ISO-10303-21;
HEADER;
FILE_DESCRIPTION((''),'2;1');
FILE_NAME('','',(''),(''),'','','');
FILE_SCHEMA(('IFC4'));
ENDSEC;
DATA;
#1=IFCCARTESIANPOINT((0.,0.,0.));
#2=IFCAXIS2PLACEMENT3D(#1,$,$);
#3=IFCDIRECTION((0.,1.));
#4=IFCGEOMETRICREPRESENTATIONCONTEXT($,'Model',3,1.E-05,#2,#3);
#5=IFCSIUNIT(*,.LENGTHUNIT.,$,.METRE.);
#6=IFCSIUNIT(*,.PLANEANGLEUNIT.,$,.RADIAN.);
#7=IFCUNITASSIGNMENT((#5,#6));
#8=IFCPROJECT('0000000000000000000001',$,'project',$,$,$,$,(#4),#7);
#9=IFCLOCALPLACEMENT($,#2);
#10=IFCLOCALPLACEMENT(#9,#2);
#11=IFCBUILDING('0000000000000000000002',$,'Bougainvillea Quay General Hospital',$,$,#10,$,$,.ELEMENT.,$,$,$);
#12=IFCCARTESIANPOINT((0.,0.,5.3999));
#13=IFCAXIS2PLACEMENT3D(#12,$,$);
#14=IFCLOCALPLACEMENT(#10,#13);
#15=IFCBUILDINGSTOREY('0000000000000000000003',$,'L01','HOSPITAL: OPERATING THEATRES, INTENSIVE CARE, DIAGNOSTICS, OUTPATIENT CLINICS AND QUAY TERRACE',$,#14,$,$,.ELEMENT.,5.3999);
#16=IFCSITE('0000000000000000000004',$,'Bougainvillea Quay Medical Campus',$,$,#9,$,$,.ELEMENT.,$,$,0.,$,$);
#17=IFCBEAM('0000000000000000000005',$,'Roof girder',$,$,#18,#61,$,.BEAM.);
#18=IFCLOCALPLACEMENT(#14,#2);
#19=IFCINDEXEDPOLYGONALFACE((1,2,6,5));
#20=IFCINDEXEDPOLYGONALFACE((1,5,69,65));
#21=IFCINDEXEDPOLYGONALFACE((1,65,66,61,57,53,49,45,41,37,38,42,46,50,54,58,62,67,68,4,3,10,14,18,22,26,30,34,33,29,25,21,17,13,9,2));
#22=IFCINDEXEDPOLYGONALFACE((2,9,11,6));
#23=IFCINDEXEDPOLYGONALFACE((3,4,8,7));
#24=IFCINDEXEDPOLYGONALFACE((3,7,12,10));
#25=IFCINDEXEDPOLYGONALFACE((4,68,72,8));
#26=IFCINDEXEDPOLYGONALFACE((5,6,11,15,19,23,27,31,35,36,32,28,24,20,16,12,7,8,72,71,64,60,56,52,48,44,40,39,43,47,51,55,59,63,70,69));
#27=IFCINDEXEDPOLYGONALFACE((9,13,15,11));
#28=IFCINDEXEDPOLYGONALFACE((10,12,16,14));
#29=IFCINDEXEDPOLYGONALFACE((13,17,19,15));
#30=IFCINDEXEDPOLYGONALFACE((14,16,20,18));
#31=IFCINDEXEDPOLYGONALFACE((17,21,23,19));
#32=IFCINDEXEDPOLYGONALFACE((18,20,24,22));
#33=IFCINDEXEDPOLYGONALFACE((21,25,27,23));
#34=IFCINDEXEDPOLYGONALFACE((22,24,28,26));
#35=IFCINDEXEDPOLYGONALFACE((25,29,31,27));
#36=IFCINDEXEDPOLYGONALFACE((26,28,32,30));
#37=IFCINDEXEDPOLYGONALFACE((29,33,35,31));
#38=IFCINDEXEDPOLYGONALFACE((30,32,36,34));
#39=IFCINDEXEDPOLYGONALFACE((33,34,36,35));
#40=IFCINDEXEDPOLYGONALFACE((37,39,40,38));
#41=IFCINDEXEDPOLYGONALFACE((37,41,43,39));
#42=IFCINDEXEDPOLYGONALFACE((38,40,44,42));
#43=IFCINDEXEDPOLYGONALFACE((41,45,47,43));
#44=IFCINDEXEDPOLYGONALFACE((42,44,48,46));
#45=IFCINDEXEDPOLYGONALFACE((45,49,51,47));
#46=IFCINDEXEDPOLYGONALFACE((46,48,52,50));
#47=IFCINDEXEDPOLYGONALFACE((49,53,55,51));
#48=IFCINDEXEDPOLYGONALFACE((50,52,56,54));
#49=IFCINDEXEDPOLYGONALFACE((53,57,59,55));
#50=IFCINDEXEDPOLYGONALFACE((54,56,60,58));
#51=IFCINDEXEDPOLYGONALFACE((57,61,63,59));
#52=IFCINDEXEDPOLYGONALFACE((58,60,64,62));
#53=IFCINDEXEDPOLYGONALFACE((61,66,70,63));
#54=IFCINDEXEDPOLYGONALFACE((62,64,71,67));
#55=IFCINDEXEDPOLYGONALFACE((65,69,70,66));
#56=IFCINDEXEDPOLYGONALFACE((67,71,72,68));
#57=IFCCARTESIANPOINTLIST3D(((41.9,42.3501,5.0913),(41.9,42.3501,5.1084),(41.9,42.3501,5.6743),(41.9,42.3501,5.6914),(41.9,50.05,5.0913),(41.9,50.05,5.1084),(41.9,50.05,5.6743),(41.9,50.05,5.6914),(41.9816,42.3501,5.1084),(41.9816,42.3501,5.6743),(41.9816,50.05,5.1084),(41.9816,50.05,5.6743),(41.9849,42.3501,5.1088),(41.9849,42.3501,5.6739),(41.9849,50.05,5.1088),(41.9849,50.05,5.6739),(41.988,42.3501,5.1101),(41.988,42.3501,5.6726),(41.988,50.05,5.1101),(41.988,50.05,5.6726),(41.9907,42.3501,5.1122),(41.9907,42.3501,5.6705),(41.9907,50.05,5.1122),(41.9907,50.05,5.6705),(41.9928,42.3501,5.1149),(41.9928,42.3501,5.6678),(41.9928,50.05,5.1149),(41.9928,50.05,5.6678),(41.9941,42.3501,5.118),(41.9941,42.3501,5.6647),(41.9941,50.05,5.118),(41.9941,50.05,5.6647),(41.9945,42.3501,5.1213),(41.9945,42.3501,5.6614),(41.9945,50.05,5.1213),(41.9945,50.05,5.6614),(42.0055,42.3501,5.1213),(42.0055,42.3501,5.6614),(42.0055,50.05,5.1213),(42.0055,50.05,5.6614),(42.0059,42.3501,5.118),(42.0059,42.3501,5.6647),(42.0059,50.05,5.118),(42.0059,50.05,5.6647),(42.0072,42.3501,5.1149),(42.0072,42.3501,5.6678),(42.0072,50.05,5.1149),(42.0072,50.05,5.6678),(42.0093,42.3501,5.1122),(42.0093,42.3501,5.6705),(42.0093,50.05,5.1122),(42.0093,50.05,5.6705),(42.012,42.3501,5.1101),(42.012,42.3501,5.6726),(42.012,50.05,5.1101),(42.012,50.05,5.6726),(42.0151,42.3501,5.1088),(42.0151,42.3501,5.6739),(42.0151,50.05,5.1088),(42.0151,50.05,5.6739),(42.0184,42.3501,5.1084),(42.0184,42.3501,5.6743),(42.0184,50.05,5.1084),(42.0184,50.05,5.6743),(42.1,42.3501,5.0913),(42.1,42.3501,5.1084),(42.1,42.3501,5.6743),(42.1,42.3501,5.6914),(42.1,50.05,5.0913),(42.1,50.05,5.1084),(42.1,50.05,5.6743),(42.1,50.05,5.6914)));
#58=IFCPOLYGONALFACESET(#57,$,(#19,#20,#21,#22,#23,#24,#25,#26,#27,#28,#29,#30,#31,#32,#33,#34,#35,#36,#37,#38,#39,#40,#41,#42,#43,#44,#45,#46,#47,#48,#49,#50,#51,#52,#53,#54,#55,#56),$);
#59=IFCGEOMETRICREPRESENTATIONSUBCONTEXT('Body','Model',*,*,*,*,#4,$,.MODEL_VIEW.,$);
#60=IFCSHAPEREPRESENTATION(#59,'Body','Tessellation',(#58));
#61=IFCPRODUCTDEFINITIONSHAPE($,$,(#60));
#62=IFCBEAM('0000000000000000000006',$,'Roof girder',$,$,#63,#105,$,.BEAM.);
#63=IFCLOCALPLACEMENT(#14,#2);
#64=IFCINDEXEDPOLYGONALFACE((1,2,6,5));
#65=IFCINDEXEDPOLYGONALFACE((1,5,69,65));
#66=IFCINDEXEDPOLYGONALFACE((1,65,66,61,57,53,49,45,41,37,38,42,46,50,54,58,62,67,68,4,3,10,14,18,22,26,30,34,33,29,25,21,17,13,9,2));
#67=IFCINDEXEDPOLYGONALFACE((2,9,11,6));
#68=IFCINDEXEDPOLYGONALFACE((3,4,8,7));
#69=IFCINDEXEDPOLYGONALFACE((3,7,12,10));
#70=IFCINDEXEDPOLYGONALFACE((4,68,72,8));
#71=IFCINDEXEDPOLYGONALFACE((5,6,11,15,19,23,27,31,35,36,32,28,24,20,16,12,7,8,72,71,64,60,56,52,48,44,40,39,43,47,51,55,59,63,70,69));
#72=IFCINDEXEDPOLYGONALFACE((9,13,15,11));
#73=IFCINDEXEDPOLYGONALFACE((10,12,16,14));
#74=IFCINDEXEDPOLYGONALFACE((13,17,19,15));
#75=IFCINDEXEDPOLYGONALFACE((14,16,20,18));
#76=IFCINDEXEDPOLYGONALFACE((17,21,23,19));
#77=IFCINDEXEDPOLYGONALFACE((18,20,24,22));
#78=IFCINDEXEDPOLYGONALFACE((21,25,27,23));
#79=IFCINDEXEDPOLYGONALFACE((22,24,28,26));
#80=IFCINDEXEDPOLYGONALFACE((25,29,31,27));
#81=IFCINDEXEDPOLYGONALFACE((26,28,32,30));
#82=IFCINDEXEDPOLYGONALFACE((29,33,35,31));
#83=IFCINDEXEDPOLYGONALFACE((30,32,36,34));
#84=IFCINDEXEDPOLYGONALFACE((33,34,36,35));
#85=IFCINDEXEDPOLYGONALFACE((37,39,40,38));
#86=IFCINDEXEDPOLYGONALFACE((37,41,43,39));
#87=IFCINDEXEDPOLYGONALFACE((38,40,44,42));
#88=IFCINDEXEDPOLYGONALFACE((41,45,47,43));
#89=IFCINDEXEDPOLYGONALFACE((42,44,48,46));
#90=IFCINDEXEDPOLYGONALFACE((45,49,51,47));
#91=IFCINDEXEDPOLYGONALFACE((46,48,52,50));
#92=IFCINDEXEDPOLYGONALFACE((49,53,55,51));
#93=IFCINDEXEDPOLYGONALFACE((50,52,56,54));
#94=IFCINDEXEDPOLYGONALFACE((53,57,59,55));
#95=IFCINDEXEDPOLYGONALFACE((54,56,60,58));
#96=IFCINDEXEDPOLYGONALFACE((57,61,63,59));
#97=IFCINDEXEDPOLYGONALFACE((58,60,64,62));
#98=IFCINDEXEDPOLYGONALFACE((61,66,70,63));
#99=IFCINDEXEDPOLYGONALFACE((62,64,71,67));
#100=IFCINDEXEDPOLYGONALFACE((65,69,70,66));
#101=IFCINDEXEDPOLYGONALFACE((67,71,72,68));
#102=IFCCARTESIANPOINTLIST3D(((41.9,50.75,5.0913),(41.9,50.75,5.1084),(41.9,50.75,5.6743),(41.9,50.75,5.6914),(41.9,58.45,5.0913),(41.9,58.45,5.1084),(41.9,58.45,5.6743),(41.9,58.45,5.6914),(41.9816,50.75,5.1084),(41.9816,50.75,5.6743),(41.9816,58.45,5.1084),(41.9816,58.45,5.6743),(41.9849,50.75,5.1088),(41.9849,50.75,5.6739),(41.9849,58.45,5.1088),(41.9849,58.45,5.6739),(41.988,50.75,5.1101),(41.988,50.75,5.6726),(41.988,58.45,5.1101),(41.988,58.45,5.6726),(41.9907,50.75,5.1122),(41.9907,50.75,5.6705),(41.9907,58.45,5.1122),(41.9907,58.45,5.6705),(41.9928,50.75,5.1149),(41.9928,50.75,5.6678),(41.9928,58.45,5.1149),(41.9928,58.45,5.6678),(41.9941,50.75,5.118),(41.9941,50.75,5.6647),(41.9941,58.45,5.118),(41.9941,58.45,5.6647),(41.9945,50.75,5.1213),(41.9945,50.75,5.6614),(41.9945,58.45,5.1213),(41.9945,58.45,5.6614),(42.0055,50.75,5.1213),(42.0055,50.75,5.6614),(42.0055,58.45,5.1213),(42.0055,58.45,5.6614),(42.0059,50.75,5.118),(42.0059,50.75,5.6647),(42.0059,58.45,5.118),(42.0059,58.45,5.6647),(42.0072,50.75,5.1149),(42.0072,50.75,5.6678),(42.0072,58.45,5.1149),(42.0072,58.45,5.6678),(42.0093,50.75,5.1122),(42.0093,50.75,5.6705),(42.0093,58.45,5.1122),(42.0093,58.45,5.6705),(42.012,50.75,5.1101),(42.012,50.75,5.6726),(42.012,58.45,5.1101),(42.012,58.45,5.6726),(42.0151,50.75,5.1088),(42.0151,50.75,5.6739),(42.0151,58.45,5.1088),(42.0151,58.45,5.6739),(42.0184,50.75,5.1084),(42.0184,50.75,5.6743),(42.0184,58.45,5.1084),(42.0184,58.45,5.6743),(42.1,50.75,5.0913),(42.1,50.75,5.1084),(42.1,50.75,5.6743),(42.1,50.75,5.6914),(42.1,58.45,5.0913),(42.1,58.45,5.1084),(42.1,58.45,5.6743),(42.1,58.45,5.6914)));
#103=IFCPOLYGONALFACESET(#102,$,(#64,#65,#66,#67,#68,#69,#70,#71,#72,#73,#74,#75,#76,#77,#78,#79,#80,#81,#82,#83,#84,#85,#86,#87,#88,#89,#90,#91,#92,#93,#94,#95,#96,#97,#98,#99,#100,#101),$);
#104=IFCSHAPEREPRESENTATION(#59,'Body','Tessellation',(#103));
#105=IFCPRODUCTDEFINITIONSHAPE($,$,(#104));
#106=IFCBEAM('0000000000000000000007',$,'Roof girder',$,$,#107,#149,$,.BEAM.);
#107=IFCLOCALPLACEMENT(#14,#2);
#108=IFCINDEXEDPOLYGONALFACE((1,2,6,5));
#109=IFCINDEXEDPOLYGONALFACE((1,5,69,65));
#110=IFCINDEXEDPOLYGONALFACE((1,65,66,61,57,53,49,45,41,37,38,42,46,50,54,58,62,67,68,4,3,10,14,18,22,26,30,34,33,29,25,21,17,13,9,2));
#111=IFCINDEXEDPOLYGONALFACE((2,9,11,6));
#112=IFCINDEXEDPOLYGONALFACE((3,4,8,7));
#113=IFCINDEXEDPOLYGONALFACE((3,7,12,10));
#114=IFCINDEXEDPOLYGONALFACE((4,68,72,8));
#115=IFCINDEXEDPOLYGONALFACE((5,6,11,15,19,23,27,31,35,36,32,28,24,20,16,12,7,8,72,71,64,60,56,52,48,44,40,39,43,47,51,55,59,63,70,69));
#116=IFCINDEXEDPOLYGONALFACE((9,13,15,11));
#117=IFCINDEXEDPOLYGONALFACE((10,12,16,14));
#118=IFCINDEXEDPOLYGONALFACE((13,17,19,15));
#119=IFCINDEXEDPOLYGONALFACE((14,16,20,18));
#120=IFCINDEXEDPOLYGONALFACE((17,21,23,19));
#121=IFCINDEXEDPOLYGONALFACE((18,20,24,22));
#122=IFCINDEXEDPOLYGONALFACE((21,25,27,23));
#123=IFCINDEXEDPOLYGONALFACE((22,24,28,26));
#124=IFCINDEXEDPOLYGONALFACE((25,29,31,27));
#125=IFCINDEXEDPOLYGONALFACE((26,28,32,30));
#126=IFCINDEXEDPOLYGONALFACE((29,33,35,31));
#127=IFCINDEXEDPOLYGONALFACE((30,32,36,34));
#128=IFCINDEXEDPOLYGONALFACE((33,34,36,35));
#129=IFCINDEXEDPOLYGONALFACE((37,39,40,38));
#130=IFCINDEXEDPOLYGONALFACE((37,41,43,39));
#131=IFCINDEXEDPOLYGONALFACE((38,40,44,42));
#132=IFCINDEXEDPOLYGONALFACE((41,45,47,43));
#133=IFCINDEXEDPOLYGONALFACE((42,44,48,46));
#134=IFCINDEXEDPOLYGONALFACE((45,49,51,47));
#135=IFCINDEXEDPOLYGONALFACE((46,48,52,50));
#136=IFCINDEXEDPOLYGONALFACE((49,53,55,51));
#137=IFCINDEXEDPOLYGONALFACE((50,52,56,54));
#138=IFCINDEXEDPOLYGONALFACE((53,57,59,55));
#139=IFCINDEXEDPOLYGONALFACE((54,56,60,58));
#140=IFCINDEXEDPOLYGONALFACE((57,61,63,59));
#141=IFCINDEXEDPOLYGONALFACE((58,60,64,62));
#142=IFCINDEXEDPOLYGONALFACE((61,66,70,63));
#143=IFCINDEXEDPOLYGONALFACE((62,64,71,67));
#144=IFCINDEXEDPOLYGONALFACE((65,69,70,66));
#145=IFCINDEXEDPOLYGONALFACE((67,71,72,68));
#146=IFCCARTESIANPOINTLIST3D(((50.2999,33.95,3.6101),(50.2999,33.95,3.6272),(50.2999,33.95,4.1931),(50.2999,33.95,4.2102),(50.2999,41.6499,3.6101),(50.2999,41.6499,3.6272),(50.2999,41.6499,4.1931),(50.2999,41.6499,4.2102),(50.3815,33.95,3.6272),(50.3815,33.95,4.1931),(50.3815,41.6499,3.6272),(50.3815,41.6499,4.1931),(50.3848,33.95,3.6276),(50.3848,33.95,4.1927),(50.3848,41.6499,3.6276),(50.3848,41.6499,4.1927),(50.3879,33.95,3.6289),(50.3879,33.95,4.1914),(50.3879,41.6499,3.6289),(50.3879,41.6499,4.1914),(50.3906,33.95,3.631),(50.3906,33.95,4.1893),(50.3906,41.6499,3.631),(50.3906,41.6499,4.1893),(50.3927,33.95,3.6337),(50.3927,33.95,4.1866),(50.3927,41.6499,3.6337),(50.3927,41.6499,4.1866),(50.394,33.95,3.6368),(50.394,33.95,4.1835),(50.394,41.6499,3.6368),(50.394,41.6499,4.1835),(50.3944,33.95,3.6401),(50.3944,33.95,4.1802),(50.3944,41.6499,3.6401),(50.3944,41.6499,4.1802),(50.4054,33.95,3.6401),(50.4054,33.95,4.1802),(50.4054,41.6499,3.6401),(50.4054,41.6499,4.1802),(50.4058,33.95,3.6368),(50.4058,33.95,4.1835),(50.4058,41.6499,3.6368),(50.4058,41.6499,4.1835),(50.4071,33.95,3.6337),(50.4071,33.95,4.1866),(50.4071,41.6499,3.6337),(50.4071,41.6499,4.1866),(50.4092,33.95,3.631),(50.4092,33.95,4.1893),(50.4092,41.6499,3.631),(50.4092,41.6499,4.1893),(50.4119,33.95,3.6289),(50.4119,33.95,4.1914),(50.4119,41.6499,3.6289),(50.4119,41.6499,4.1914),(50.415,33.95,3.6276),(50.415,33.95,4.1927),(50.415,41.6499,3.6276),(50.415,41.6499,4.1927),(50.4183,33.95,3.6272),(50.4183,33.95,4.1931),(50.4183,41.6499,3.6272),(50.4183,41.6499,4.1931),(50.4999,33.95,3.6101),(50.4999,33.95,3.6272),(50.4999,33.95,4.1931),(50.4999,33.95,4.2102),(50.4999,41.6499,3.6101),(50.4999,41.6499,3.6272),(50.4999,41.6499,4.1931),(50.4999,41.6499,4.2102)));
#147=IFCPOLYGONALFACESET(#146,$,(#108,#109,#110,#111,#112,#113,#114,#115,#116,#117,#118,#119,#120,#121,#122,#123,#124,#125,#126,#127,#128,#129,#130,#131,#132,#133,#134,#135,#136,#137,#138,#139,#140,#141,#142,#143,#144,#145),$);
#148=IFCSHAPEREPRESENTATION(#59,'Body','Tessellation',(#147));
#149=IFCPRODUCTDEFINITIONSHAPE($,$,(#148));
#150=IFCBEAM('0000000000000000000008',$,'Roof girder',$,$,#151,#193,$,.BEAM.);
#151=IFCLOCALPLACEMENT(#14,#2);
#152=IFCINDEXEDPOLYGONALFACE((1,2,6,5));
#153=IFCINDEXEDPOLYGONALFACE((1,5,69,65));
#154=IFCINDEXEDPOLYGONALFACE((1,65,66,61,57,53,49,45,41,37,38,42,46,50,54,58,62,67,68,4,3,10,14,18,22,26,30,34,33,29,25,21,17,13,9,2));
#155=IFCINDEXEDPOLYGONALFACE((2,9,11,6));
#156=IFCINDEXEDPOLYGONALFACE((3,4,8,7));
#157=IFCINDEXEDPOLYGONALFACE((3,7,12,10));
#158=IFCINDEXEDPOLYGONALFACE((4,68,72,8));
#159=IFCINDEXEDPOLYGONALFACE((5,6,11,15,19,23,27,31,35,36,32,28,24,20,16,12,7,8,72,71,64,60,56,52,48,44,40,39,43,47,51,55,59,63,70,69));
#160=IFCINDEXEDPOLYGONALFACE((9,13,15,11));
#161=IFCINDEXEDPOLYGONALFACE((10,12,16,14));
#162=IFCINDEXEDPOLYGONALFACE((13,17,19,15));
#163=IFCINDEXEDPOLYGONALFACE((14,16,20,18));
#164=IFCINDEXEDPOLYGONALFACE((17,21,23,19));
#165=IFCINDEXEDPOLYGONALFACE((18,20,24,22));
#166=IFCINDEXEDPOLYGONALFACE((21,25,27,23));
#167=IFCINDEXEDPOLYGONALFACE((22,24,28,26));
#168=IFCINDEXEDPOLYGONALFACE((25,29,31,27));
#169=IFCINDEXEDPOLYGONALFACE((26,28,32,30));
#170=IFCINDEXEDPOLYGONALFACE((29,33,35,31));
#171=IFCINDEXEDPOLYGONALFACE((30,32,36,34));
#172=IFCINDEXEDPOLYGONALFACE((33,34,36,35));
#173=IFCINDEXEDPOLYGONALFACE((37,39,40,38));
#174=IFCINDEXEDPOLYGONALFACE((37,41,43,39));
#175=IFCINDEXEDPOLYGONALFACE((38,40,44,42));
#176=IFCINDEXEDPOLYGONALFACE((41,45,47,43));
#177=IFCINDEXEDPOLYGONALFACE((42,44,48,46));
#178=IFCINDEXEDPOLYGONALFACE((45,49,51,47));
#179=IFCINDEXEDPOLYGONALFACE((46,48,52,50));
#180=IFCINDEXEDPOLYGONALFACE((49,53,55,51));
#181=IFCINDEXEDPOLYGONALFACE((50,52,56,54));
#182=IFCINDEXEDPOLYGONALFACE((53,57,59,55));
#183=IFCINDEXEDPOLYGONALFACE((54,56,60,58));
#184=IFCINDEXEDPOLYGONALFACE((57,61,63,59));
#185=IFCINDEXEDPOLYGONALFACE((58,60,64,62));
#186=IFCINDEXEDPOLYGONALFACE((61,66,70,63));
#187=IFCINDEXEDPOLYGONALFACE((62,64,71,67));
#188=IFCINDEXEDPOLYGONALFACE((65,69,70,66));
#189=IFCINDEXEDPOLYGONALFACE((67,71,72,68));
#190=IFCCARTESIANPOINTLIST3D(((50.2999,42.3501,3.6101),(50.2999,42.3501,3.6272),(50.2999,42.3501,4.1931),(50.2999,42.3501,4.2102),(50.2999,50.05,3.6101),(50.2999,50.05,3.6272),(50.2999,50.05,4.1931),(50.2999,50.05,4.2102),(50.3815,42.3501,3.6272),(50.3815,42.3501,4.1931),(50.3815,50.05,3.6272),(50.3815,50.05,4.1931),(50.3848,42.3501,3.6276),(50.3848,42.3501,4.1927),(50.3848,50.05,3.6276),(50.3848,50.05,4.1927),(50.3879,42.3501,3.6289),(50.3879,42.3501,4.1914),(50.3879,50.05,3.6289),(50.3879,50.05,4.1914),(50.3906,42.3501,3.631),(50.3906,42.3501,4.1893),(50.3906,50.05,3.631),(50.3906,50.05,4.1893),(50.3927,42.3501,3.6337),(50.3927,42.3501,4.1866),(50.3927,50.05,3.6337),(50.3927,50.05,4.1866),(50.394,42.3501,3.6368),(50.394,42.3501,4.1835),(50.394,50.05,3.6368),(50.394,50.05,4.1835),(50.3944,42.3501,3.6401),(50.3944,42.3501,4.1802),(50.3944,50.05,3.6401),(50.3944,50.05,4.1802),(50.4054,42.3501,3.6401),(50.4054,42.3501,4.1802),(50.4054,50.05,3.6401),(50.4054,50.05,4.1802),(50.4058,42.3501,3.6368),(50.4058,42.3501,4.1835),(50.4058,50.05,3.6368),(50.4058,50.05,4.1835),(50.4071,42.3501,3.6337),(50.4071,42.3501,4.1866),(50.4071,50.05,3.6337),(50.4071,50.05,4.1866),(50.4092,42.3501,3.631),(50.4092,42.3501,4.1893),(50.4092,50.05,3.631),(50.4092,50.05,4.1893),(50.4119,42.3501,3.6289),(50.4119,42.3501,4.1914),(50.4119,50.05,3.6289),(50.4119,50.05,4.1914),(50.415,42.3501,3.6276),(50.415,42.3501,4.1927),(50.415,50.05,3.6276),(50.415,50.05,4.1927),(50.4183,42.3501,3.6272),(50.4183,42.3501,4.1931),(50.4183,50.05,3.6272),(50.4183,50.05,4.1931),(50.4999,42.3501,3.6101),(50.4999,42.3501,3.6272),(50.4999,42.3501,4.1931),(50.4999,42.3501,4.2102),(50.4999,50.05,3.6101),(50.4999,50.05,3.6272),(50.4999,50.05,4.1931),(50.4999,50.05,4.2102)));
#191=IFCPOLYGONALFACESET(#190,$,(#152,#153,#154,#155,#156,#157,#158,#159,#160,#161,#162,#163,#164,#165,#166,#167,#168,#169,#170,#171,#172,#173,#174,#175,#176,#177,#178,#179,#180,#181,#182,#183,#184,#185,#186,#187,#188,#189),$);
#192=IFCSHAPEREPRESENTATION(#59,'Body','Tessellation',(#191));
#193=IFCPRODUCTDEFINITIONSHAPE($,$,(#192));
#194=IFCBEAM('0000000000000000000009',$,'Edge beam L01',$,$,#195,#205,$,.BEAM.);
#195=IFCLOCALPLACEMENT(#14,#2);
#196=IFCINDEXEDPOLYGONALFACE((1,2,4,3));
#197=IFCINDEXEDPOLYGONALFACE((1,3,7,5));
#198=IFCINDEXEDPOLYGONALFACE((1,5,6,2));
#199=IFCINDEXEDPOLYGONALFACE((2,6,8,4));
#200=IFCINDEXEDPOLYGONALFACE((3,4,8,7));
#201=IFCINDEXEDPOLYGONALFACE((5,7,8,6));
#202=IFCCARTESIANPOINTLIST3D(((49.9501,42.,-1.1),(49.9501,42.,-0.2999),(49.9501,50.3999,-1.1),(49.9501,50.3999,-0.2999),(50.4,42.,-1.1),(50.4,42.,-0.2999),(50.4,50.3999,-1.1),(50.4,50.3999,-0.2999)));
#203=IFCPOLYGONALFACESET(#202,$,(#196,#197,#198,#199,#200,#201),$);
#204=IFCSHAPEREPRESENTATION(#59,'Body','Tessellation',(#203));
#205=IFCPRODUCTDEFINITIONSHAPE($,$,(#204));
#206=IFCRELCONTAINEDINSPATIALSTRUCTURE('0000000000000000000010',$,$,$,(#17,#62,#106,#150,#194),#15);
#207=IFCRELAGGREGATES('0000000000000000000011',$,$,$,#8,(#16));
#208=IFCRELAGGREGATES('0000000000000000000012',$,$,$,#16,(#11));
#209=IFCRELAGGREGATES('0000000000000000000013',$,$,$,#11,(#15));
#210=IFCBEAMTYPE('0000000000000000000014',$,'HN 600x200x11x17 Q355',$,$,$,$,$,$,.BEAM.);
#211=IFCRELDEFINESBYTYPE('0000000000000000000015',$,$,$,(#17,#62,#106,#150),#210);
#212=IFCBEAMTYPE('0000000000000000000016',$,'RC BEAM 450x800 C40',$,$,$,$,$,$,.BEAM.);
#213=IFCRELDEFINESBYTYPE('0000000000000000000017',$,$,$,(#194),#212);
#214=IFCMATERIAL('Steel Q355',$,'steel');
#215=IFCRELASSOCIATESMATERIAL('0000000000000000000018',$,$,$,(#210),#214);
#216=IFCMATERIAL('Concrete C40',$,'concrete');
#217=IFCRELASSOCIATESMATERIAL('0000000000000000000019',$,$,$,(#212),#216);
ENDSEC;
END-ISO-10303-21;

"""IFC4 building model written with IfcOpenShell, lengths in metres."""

from ifc_helpers import new_model, si_unit, direction, frame, origin, origin_2d, place, context, subcontext, project, spatial, rectangle, i_section, extrude, material, material_profile, profile_set, type_object, element, save


model = new_model("IFC4")

# Units and contexts
model_context = context("Model", 3, precision=1e-05, world=origin(), true_north=direction((0.0, 1.0)))
body_context = subcontext(model_context, "Body", "Model", "MODEL_VIEW")
ifc_project = project(units=[si_unit("LENGTHUNIT", "METRE"), si_unit("PLANEANGLEUNIT", "RADIAN")], contexts=[model_context])

# Site, building, storey
site_placement = place(None, origin())
site = spatial("IfcSite", under=ifc_project, at=site_placement, Name="Bougainvillea Quay Medical Campus", CompositionType="ELEMENT", RefElevation=0.0)
building_placement = place(site_placement, origin())
building = spatial("IfcBuilding", under=site, at=building_placement, Name="Bougainvillea Quay General Hospital", CompositionType="ELEMENT")
storey_placement = place(building_placement, frame((0.0, 0.0, 5.3999)))
storey = spatial("IfcBuildingStorey", under=building, at=storey_placement, Name="L01", Description="HOSPITAL: OPERATING THEATRES, INTENSIVE CARE, DIAGNOSTICS, OUTPATIENT CLINICS AND QUAY TERRACE", CompositionType="ELEMENT", Elevation=5.3999)

# Beams
ifc_material_1 = material(Name="Steel Q355", Category="steel")
ifc_material_profile_1 = material_profile(ifc_material_1, i_section(OverallWidth=0.2, OverallDepth=0.6001, WebThickness=0.011, FlangeThickness=0.0171, FilletRadius=0.0129, at=origin_2d()))
ifc_profile_set_1 = profile_set([ifc_material_profile_1], Name="Steel Q355")
beam_type_1 = type_object("IfcBeamType", Name="HN 600x200x11x17 Q355", PredefinedType="BEAM", material=ifc_profile_set_1)
for number, where, z_axis, x_axis, name in (
    (1, (42.0, 42.3501, 5.3914), (0.0, 1.0, 0.0), (-1.0, 0.0, 0.0), "Roof girder"),
    (2, (42.0, 50.75, 5.3914), (0.0, 1.0, 0.0), (-1.0, 0.0, 0.0), "Roof girder"),
    (3, (50.3999, 33.95, 3.9102), (0.0, 1.0, 0.0), (-1.0, 0.0, 0.0), "Roof girder"),
    (4, (50.3999, 42.3501, 3.9102), (0.0, 1.0, 0.0), (-1.0, 0.0, 0.0), "Roof girder"),
):
    element("IfcBeam", number, at=place(storey_placement, frame(where, z_axis=z_axis, x_axis=x_axis)), inside=storey, type_object=beam_type_1, Name=name, PredefinedType="BEAM", context=body_context, shape_type="SweptSolid", body=[
        extrude(i_section(OverallWidth=0.2, OverallDepth=0.6001, WebThickness=0.011, FlangeThickness=0.0171, FilletRadius=0.0129, at=origin_2d()), origin(), (0.0, 0.0, 1.0), 7.7),
    ])
ifc_material_2 = material(Name="Concrete C40", Category="concrete")
ifc_material_profile_2 = material_profile(ifc_material_2, rectangle(XDim=0.45, YDim=0.8, at=origin_2d()))
ifc_profile_set_2 = profile_set([ifc_material_profile_2], Name="Concrete C40")
beam_type_2 = type_object("IfcBeamType", Name="RC BEAM 450x800 C40", PredefinedType="BEAM", material=ifc_profile_set_2)
beam_1_placement = place(storey_placement, frame((50.175, 42.0, -0.7), z_axis=(0.0, 1.0, 0.0), x_axis=(-1.0, 0.0, 0.0)))
element("IfcBeam", 5, at=beam_1_placement, inside=storey, type_object=beam_type_2, Name="Edge beam L01", PredefinedType="BEAM", context=body_context, shape_type="SweptSolid", body=[
    extrude(rectangle(XDim=0.45, YDim=0.8, at=origin_2d()), origin(), (0.0, 0.0, 1.0), 8.3999),
])

save(model, "model.ifc")
